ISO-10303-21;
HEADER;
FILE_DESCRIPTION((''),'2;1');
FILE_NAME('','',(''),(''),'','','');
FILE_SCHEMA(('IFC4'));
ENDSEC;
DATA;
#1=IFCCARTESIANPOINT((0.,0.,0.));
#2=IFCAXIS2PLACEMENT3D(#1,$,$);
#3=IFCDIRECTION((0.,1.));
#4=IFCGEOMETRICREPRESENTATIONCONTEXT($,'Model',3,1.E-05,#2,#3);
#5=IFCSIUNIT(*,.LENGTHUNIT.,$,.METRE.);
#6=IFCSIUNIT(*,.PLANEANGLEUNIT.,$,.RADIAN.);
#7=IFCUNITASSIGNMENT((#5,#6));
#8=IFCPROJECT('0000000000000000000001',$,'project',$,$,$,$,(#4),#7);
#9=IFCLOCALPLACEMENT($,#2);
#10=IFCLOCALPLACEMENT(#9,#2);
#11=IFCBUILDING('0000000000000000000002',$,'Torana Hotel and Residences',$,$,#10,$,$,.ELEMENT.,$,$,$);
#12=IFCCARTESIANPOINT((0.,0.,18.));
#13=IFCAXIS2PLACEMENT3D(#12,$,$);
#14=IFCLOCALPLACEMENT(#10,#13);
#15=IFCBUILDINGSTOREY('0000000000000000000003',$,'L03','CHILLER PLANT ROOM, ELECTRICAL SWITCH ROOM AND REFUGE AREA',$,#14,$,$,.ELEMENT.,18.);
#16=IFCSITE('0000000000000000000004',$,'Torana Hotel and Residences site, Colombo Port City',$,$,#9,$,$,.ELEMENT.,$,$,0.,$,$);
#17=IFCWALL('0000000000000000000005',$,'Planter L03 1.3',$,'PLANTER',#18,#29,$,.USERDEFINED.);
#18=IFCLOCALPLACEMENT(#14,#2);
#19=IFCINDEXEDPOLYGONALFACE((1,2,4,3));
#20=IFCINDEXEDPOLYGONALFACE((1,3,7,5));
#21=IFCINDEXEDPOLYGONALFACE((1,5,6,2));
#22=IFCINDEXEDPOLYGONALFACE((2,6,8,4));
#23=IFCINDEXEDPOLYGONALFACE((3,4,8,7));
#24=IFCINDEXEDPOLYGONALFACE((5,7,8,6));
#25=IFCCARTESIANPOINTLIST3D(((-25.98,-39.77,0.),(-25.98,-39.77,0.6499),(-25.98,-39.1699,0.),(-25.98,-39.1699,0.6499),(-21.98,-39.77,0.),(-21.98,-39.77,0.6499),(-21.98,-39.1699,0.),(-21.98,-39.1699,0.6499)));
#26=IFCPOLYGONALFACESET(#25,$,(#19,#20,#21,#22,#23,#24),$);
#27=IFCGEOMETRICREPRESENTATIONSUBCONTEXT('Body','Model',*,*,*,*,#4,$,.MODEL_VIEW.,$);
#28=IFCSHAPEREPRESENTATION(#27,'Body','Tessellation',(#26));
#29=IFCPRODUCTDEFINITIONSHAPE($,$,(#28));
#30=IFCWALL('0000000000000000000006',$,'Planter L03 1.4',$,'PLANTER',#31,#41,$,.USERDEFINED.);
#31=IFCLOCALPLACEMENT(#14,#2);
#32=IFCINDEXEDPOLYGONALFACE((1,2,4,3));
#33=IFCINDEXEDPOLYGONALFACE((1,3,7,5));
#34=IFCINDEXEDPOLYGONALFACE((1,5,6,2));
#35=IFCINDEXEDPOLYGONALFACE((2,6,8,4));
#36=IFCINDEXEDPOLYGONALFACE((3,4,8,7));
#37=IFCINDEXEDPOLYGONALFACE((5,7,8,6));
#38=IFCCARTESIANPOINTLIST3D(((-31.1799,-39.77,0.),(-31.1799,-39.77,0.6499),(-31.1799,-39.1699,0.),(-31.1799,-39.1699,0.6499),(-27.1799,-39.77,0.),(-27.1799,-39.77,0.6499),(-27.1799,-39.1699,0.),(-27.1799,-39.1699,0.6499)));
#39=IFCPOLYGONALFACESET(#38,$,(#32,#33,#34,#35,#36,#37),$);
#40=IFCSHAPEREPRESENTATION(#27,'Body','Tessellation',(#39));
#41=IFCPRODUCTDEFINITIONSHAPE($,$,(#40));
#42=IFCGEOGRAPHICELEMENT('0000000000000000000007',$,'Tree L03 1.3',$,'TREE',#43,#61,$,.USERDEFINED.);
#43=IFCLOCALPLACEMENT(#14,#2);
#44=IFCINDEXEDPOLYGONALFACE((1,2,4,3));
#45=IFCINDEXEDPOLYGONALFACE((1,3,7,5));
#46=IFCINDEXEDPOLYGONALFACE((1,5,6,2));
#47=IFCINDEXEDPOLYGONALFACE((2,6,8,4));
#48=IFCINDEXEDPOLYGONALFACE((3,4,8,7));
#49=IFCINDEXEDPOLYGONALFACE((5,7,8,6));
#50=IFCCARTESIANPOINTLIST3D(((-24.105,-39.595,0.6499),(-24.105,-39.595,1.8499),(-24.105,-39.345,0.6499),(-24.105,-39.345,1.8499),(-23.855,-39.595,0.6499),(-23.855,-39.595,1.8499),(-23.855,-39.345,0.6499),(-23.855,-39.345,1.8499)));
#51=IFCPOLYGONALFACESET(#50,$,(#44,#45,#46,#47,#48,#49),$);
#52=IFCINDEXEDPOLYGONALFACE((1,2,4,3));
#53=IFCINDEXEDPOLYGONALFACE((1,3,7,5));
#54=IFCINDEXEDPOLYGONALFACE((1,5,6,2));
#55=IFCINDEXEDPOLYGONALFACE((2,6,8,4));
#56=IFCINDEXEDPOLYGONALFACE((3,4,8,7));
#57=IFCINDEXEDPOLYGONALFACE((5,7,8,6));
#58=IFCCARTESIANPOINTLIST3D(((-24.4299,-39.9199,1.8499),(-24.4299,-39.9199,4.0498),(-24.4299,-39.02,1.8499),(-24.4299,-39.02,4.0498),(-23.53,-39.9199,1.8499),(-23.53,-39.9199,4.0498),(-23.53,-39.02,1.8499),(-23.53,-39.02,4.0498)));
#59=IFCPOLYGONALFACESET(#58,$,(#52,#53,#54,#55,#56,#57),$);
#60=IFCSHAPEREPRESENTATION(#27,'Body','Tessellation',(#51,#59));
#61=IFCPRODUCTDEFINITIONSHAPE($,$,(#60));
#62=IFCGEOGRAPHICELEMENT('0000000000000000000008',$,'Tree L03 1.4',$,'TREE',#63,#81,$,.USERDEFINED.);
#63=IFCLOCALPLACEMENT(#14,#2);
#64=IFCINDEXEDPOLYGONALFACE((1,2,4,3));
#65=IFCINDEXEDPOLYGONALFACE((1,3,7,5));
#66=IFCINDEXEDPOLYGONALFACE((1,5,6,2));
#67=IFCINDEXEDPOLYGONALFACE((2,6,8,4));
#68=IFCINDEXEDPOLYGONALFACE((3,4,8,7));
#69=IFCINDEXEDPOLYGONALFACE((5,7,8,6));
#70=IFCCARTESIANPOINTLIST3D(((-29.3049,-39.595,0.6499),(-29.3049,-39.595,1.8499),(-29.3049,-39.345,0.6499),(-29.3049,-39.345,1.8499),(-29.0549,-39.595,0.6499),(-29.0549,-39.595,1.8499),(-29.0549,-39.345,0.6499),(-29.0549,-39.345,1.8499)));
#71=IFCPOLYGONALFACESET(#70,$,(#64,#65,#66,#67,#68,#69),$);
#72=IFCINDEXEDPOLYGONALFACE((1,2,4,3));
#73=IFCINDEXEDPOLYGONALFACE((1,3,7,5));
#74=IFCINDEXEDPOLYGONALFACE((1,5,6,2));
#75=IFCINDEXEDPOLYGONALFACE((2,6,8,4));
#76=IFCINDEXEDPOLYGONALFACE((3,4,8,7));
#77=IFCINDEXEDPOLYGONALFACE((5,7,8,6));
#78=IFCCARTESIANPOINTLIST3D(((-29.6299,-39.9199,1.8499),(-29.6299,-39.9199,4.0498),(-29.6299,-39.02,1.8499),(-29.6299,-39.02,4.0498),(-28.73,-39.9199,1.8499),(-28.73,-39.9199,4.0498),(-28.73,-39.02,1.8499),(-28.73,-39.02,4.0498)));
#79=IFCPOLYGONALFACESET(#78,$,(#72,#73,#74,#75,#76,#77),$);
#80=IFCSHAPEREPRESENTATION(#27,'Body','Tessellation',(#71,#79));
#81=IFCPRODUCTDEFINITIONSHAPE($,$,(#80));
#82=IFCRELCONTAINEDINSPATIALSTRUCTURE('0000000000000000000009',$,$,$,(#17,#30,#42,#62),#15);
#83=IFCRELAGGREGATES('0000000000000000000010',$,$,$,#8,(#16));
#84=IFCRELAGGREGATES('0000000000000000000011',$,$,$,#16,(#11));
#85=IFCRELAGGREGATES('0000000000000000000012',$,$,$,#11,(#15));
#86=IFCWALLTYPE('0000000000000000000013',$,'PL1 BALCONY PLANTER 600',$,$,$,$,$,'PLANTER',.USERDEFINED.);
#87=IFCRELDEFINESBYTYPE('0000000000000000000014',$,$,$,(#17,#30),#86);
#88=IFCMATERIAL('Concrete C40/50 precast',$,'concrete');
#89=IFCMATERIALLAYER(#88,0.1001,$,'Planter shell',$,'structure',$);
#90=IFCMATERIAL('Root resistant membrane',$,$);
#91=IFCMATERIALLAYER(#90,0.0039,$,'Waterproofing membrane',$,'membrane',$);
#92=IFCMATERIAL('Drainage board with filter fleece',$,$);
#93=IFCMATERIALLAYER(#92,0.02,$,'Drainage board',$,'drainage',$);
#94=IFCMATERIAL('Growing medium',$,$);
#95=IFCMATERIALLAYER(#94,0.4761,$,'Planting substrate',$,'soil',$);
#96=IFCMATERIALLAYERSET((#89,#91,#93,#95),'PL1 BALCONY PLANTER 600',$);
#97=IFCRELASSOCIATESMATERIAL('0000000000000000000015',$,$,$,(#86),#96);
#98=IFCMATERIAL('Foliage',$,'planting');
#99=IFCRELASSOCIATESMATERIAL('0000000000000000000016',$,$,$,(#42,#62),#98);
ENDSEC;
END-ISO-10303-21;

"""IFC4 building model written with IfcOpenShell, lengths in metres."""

from ifc_helpers import new_model, si_unit, direction, frame, frame_2d, origin, origin_2d, place, context, subcontext, project, spatial, rectangle, extrude, material, layer, layer_set, type_object, element, save


model = new_model("IFC4")

# Units and contexts
model_context = context("Model", 3, precision=1e-05, world=origin(), true_north=direction((0.0, 1.0)))
body_context = subcontext(model_context, "Body", "Model", "MODEL_VIEW")
ifc_project = project(units=[si_unit("LENGTHUNIT", "METRE"), si_unit("PLANEANGLEUNIT", "RADIAN")], contexts=[model_context])

# Site, building, storey
site_placement = place(None, origin())
site = spatial("IfcSite", under=ifc_project, at=site_placement, Name="Torana Hotel and Residences site, Colombo Port City", CompositionType="ELEMENT", RefElevation=0.0)
building_placement = place(site_placement, origin())
building = spatial("IfcBuilding", under=site, at=building_placement, Name="Torana Hotel and Residences", CompositionType="ELEMENT")
storey_placement = place(building_placement, frame((0.0, 0.0, 18.0)))
storey = spatial("IfcBuildingStorey", under=building, at=storey_placement, Name="L03", Description="CHILLER PLANT ROOM, ELECTRICAL SWITCH ROOM AND REFUGE AREA", CompositionType="ELEMENT", Elevation=18.0)

# Walls
ifc_material_1 = material(Name="Concrete C40/50 precast", Category="concrete")
ifc_layer_1 = layer(ifc_material_1, 0.1001, Name="Planter shell", Category="structure")
ifc_material_2 = material(Name="Root resistant membrane")
ifc_layer_2 = layer(ifc_material_2, 0.0039, Name="Waterproofing membrane", Category="membrane")
ifc_material_3 = material(Name="Drainage board with filter fleece")
ifc_layer_3 = layer(ifc_material_3, 0.02, Name="Drainage board", Category="drainage")
ifc_material_4 = material(Name="Growing medium")
ifc_layer_4 = layer(ifc_material_4, 0.4761, Name="Planting substrate", Category="soil")
ifc_layer_set = layer_set([ifc_layer_1, ifc_layer_2, ifc_layer_3, ifc_layer_4], Name="PL1 BALCONY PLANTER 600")
wall_type = type_object("IfcWallType", Name="PL1 BALCONY PLANTER 600", ElementType="PLANTER", PredefinedType="USERDEFINED", material=ifc_layer_set)
for number, where, z_axis, x_axis, name in (
    (1, (-21.98, -39.47, 0.0), (0.0, 0.0, 1.0), (-1.0, 0.0, 0.0), "Planter L03 1.3"),
    (2, (-27.1799, -39.47, 0.0), (0.0, 0.0, 1.0), (-1.0, 0.0, 0.0), "Planter L03 1.4"),
):
    element("IfcWall", number, at=place(storey_placement, frame(where, z_axis=z_axis, x_axis=x_axis)), inside=storey, type_object=wall_type, Name=name, ObjectType="PLANTER", PredefinedType="USERDEFINED", context=body_context, shape_type="SweptSolid", body=[
        extrude(rectangle(XDim=4.0, YDim=0.6001, at=frame_2d((2.0, 0.0))), origin(), (0.0, 0.0, 1.0), 0.6499),
    ])

# Geographic elements
ifc_material_5 = material(Name="Foliage", Category="planting")
for number, where, z_axis, x_axis, name in (
    (3, (-23.98, -39.47, 0.6499), (0.0, 0.0, 1.0), (1.0, 0.0, 0.0), "Tree L03 1.3"),
    (4, (-29.1799, -39.47, 0.6499), (0.0, 0.0, 1.0), (1.0, 0.0, 0.0), "Tree L03 1.4"),
):
    element("IfcGeographicElement", number, at=place(storey_placement, frame(where, z_axis=z_axis, x_axis=x_axis)), inside=storey, material=ifc_material_5, Name=name, ObjectType="TREE", PredefinedType="USERDEFINED", context=body_context, shape_type="SweptSolid", body=[
        extrude(rectangle(XDim=0.25, YDim=0.25, at=origin_2d()), origin(), (0.0, 0.0, 1.0), 1.2),
        extrude(rectangle(XDim=0.8999, YDim=0.8999, at=origin_2d()), frame((0.0, 0.0, 1.2)), (0.0, 0.0, 1.0), 2.2),
    ])

save(model, "model.ifc")
